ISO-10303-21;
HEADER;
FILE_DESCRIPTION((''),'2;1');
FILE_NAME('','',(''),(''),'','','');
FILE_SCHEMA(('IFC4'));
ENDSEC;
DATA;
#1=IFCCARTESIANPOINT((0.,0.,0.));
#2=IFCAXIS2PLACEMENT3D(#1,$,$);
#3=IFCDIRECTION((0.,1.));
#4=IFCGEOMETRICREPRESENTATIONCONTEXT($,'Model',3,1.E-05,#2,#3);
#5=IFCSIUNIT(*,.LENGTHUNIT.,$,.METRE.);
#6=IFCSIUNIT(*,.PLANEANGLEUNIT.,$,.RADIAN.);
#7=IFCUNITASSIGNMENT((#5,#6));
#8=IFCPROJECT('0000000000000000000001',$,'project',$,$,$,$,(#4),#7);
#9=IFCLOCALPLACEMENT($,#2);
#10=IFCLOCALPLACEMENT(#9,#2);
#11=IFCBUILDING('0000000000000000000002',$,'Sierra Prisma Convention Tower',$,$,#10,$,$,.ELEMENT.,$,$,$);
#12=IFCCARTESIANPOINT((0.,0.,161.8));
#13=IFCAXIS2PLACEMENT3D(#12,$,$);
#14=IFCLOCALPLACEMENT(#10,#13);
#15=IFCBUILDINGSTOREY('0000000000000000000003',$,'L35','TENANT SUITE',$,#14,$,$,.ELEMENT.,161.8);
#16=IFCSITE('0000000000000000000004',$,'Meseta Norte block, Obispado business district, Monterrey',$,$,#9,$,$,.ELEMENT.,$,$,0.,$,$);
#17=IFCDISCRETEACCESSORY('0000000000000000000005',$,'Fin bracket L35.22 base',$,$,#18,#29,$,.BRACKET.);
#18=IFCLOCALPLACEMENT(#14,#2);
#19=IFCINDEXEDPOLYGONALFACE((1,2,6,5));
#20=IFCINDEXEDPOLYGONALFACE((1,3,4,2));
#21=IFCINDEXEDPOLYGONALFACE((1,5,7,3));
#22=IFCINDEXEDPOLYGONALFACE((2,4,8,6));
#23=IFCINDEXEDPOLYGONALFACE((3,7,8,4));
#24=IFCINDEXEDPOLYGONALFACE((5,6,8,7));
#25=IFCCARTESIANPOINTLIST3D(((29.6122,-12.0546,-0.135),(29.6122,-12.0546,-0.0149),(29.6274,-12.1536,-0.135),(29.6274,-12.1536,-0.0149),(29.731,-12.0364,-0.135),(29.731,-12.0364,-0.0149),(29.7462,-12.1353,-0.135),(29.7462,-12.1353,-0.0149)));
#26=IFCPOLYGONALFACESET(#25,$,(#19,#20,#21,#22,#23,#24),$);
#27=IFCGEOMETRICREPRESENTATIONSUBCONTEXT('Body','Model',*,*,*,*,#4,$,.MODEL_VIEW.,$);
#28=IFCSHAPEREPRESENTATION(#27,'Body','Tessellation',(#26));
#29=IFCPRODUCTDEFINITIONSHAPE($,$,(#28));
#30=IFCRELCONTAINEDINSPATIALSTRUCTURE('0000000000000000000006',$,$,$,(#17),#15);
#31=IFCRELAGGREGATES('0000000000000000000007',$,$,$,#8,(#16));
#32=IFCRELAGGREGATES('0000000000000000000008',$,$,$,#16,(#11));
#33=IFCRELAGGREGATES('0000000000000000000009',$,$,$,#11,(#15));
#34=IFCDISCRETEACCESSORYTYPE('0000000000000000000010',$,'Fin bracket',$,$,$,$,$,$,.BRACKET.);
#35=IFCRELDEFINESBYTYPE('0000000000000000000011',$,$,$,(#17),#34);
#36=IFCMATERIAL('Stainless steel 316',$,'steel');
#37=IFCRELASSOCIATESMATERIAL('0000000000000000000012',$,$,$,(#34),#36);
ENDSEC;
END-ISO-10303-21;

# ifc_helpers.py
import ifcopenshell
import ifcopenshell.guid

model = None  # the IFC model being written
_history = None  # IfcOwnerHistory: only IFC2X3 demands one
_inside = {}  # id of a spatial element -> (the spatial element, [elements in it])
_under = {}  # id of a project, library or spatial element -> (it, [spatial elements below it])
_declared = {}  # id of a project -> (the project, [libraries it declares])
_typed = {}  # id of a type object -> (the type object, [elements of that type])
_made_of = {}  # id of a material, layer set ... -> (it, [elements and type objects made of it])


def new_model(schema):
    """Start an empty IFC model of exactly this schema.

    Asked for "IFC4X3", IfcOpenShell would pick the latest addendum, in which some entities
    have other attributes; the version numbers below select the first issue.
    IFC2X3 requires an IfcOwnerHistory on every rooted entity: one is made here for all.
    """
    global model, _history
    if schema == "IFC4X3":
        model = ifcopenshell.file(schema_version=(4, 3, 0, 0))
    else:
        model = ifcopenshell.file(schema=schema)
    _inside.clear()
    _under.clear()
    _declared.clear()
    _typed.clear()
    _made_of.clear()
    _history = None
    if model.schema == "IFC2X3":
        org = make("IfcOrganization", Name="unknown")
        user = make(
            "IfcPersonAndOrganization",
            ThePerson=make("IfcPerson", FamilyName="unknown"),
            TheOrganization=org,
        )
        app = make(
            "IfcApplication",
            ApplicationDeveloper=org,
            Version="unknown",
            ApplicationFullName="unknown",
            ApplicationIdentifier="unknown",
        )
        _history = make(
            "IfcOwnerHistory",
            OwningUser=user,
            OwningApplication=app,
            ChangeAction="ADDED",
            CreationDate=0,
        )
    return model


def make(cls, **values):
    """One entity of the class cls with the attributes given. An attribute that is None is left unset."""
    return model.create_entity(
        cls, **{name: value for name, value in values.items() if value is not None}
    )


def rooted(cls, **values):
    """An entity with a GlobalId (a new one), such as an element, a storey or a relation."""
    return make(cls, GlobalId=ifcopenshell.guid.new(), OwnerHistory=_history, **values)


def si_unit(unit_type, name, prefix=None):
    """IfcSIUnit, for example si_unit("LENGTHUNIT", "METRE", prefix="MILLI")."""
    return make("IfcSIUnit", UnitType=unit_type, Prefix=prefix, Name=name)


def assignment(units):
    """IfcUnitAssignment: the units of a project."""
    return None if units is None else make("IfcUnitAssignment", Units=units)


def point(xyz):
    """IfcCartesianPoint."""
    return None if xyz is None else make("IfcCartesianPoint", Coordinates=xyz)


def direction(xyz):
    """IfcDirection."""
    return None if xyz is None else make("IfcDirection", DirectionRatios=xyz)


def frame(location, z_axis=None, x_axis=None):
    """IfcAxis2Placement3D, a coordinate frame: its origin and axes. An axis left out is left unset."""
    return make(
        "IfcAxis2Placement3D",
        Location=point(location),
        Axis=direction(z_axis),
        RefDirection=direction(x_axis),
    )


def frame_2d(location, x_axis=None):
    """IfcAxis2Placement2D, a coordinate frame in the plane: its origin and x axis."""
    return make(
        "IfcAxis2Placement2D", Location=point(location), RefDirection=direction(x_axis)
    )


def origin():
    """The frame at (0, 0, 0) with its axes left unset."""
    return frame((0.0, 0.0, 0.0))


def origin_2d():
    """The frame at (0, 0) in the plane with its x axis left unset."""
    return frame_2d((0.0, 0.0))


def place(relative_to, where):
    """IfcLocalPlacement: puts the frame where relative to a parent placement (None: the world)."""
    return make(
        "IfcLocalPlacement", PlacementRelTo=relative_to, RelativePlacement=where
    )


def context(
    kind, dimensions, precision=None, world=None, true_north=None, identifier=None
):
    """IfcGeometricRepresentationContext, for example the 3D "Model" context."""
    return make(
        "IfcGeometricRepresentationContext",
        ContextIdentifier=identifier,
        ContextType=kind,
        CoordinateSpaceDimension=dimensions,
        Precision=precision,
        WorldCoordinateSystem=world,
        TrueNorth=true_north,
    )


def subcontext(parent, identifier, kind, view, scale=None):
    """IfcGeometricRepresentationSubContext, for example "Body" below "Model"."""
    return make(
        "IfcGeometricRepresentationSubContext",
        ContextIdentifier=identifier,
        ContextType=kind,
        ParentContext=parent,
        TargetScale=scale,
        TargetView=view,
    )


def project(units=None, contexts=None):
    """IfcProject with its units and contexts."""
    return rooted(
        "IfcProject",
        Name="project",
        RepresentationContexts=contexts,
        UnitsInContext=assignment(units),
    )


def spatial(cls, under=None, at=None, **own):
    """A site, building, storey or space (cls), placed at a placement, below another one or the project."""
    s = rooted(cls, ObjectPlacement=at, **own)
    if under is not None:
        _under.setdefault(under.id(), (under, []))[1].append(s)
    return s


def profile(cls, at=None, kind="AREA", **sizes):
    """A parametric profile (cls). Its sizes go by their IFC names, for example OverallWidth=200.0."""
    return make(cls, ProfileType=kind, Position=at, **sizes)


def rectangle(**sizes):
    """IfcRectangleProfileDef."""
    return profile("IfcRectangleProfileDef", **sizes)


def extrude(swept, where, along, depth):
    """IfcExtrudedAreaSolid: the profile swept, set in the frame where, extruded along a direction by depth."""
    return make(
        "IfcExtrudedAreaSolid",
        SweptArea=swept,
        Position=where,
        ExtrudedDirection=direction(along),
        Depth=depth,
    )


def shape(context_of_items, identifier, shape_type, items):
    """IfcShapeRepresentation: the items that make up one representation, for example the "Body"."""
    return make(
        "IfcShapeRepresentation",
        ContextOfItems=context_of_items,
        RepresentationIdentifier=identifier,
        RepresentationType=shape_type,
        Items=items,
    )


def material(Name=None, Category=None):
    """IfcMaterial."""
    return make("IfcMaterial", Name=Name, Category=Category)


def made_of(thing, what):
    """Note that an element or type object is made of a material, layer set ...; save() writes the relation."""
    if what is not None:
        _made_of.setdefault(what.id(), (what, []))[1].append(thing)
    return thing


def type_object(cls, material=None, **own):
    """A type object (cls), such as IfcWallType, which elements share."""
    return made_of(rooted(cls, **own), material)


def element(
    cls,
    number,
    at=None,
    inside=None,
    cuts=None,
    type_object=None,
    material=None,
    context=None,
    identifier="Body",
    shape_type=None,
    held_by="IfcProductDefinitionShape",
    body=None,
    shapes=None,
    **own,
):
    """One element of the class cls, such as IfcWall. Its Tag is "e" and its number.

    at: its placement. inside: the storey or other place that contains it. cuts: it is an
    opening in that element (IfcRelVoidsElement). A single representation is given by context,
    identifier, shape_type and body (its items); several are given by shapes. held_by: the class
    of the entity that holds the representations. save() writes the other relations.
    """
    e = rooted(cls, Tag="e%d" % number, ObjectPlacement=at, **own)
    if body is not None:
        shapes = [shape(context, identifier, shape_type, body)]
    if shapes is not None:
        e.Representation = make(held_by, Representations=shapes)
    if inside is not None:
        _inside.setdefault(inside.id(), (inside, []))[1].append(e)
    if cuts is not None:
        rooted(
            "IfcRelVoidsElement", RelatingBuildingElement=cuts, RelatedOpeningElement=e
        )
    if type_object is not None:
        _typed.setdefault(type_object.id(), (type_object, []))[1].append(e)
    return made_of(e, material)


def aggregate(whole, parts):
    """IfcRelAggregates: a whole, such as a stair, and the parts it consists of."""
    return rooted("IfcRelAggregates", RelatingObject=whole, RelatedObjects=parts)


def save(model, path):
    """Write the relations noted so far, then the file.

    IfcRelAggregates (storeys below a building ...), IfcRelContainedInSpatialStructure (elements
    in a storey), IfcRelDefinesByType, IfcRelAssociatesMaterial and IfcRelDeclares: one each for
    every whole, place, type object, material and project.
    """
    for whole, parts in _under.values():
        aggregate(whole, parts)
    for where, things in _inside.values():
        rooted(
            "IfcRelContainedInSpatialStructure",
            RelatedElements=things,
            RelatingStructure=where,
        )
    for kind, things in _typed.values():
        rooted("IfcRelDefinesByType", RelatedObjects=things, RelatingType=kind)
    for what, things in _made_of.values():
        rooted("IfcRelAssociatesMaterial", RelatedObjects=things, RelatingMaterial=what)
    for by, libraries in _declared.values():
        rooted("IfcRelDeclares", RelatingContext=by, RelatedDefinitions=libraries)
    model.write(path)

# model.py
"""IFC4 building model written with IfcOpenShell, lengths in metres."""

from ifc_helpers import new_model, si_unit, direction, frame, origin, origin_2d, place, context, subcontext, project, spatial, rectangle, extrude, material, type_object, element, save


model = new_model("IFC4")

# Units and contexts
model_context = context("Model", 3, precision=1e-05, world=origin(), true_north=direction((0.0, 1.0)))
body_context = subcontext(model_context, "Body", "Model", "MODEL_VIEW")
ifc_project = project(units=[si_unit("LENGTHUNIT", "METRE"), si_unit("PLANEANGLEUNIT", "RADIAN")], contexts=[model_context])

# Site, building, storey
site_placement = place(None, origin())
site = spatial("IfcSite", under=ifc_project, at=site_placement, Name="Meseta Norte block, Obispado business district, Monterrey", CompositionType="ELEMENT", RefElevation=0.0)
building_placement = place(site_placement, origin())
building = spatial("IfcBuilding", under=site, at=building_placement, Name="Sierra Prisma Convention Tower", CompositionType="ELEMENT")
storey_placement = place(building_placement, frame((0.0, 0.0, 161.8)))
storey = spatial("IfcBuildingStorey", under=building, at=storey_placement, Name="L35", Description="TENANT SUITE", CompositionType="ELEMENT", Elevation=161.8)

# Discrete accessory
ifc_material_1 = material(Name="Stainless steel 316", Category="steel")
discrete_accessory_type = type_object("IfcDiscreteAccessoryType", Name="Fin bracket", PredefinedType="BRACKET", material=ifc_material_1)
discrete_accessory_placement = place(storey_placement, frame((29.6792, -12.095, -0.135), z_axis=(0.0, 0.0, 1.0), x_axis=(0.988387, 0.15196, 0.0)))
element("IfcDiscreteAccessory", 1, at=discrete_accessory_placement, inside=storey, type_object=discrete_accessory_type, Name="Fin bracket L35.22 base", PredefinedType="BRACKET", context=body_context, shape_type="SweptSolid", body=[
    extrude(rectangle(XDim=0.1201, YDim=0.1001, at=origin_2d()), origin(), (0.0, 0.0, 1.0), 0.1201),
])

save(model, "model.ifc")
